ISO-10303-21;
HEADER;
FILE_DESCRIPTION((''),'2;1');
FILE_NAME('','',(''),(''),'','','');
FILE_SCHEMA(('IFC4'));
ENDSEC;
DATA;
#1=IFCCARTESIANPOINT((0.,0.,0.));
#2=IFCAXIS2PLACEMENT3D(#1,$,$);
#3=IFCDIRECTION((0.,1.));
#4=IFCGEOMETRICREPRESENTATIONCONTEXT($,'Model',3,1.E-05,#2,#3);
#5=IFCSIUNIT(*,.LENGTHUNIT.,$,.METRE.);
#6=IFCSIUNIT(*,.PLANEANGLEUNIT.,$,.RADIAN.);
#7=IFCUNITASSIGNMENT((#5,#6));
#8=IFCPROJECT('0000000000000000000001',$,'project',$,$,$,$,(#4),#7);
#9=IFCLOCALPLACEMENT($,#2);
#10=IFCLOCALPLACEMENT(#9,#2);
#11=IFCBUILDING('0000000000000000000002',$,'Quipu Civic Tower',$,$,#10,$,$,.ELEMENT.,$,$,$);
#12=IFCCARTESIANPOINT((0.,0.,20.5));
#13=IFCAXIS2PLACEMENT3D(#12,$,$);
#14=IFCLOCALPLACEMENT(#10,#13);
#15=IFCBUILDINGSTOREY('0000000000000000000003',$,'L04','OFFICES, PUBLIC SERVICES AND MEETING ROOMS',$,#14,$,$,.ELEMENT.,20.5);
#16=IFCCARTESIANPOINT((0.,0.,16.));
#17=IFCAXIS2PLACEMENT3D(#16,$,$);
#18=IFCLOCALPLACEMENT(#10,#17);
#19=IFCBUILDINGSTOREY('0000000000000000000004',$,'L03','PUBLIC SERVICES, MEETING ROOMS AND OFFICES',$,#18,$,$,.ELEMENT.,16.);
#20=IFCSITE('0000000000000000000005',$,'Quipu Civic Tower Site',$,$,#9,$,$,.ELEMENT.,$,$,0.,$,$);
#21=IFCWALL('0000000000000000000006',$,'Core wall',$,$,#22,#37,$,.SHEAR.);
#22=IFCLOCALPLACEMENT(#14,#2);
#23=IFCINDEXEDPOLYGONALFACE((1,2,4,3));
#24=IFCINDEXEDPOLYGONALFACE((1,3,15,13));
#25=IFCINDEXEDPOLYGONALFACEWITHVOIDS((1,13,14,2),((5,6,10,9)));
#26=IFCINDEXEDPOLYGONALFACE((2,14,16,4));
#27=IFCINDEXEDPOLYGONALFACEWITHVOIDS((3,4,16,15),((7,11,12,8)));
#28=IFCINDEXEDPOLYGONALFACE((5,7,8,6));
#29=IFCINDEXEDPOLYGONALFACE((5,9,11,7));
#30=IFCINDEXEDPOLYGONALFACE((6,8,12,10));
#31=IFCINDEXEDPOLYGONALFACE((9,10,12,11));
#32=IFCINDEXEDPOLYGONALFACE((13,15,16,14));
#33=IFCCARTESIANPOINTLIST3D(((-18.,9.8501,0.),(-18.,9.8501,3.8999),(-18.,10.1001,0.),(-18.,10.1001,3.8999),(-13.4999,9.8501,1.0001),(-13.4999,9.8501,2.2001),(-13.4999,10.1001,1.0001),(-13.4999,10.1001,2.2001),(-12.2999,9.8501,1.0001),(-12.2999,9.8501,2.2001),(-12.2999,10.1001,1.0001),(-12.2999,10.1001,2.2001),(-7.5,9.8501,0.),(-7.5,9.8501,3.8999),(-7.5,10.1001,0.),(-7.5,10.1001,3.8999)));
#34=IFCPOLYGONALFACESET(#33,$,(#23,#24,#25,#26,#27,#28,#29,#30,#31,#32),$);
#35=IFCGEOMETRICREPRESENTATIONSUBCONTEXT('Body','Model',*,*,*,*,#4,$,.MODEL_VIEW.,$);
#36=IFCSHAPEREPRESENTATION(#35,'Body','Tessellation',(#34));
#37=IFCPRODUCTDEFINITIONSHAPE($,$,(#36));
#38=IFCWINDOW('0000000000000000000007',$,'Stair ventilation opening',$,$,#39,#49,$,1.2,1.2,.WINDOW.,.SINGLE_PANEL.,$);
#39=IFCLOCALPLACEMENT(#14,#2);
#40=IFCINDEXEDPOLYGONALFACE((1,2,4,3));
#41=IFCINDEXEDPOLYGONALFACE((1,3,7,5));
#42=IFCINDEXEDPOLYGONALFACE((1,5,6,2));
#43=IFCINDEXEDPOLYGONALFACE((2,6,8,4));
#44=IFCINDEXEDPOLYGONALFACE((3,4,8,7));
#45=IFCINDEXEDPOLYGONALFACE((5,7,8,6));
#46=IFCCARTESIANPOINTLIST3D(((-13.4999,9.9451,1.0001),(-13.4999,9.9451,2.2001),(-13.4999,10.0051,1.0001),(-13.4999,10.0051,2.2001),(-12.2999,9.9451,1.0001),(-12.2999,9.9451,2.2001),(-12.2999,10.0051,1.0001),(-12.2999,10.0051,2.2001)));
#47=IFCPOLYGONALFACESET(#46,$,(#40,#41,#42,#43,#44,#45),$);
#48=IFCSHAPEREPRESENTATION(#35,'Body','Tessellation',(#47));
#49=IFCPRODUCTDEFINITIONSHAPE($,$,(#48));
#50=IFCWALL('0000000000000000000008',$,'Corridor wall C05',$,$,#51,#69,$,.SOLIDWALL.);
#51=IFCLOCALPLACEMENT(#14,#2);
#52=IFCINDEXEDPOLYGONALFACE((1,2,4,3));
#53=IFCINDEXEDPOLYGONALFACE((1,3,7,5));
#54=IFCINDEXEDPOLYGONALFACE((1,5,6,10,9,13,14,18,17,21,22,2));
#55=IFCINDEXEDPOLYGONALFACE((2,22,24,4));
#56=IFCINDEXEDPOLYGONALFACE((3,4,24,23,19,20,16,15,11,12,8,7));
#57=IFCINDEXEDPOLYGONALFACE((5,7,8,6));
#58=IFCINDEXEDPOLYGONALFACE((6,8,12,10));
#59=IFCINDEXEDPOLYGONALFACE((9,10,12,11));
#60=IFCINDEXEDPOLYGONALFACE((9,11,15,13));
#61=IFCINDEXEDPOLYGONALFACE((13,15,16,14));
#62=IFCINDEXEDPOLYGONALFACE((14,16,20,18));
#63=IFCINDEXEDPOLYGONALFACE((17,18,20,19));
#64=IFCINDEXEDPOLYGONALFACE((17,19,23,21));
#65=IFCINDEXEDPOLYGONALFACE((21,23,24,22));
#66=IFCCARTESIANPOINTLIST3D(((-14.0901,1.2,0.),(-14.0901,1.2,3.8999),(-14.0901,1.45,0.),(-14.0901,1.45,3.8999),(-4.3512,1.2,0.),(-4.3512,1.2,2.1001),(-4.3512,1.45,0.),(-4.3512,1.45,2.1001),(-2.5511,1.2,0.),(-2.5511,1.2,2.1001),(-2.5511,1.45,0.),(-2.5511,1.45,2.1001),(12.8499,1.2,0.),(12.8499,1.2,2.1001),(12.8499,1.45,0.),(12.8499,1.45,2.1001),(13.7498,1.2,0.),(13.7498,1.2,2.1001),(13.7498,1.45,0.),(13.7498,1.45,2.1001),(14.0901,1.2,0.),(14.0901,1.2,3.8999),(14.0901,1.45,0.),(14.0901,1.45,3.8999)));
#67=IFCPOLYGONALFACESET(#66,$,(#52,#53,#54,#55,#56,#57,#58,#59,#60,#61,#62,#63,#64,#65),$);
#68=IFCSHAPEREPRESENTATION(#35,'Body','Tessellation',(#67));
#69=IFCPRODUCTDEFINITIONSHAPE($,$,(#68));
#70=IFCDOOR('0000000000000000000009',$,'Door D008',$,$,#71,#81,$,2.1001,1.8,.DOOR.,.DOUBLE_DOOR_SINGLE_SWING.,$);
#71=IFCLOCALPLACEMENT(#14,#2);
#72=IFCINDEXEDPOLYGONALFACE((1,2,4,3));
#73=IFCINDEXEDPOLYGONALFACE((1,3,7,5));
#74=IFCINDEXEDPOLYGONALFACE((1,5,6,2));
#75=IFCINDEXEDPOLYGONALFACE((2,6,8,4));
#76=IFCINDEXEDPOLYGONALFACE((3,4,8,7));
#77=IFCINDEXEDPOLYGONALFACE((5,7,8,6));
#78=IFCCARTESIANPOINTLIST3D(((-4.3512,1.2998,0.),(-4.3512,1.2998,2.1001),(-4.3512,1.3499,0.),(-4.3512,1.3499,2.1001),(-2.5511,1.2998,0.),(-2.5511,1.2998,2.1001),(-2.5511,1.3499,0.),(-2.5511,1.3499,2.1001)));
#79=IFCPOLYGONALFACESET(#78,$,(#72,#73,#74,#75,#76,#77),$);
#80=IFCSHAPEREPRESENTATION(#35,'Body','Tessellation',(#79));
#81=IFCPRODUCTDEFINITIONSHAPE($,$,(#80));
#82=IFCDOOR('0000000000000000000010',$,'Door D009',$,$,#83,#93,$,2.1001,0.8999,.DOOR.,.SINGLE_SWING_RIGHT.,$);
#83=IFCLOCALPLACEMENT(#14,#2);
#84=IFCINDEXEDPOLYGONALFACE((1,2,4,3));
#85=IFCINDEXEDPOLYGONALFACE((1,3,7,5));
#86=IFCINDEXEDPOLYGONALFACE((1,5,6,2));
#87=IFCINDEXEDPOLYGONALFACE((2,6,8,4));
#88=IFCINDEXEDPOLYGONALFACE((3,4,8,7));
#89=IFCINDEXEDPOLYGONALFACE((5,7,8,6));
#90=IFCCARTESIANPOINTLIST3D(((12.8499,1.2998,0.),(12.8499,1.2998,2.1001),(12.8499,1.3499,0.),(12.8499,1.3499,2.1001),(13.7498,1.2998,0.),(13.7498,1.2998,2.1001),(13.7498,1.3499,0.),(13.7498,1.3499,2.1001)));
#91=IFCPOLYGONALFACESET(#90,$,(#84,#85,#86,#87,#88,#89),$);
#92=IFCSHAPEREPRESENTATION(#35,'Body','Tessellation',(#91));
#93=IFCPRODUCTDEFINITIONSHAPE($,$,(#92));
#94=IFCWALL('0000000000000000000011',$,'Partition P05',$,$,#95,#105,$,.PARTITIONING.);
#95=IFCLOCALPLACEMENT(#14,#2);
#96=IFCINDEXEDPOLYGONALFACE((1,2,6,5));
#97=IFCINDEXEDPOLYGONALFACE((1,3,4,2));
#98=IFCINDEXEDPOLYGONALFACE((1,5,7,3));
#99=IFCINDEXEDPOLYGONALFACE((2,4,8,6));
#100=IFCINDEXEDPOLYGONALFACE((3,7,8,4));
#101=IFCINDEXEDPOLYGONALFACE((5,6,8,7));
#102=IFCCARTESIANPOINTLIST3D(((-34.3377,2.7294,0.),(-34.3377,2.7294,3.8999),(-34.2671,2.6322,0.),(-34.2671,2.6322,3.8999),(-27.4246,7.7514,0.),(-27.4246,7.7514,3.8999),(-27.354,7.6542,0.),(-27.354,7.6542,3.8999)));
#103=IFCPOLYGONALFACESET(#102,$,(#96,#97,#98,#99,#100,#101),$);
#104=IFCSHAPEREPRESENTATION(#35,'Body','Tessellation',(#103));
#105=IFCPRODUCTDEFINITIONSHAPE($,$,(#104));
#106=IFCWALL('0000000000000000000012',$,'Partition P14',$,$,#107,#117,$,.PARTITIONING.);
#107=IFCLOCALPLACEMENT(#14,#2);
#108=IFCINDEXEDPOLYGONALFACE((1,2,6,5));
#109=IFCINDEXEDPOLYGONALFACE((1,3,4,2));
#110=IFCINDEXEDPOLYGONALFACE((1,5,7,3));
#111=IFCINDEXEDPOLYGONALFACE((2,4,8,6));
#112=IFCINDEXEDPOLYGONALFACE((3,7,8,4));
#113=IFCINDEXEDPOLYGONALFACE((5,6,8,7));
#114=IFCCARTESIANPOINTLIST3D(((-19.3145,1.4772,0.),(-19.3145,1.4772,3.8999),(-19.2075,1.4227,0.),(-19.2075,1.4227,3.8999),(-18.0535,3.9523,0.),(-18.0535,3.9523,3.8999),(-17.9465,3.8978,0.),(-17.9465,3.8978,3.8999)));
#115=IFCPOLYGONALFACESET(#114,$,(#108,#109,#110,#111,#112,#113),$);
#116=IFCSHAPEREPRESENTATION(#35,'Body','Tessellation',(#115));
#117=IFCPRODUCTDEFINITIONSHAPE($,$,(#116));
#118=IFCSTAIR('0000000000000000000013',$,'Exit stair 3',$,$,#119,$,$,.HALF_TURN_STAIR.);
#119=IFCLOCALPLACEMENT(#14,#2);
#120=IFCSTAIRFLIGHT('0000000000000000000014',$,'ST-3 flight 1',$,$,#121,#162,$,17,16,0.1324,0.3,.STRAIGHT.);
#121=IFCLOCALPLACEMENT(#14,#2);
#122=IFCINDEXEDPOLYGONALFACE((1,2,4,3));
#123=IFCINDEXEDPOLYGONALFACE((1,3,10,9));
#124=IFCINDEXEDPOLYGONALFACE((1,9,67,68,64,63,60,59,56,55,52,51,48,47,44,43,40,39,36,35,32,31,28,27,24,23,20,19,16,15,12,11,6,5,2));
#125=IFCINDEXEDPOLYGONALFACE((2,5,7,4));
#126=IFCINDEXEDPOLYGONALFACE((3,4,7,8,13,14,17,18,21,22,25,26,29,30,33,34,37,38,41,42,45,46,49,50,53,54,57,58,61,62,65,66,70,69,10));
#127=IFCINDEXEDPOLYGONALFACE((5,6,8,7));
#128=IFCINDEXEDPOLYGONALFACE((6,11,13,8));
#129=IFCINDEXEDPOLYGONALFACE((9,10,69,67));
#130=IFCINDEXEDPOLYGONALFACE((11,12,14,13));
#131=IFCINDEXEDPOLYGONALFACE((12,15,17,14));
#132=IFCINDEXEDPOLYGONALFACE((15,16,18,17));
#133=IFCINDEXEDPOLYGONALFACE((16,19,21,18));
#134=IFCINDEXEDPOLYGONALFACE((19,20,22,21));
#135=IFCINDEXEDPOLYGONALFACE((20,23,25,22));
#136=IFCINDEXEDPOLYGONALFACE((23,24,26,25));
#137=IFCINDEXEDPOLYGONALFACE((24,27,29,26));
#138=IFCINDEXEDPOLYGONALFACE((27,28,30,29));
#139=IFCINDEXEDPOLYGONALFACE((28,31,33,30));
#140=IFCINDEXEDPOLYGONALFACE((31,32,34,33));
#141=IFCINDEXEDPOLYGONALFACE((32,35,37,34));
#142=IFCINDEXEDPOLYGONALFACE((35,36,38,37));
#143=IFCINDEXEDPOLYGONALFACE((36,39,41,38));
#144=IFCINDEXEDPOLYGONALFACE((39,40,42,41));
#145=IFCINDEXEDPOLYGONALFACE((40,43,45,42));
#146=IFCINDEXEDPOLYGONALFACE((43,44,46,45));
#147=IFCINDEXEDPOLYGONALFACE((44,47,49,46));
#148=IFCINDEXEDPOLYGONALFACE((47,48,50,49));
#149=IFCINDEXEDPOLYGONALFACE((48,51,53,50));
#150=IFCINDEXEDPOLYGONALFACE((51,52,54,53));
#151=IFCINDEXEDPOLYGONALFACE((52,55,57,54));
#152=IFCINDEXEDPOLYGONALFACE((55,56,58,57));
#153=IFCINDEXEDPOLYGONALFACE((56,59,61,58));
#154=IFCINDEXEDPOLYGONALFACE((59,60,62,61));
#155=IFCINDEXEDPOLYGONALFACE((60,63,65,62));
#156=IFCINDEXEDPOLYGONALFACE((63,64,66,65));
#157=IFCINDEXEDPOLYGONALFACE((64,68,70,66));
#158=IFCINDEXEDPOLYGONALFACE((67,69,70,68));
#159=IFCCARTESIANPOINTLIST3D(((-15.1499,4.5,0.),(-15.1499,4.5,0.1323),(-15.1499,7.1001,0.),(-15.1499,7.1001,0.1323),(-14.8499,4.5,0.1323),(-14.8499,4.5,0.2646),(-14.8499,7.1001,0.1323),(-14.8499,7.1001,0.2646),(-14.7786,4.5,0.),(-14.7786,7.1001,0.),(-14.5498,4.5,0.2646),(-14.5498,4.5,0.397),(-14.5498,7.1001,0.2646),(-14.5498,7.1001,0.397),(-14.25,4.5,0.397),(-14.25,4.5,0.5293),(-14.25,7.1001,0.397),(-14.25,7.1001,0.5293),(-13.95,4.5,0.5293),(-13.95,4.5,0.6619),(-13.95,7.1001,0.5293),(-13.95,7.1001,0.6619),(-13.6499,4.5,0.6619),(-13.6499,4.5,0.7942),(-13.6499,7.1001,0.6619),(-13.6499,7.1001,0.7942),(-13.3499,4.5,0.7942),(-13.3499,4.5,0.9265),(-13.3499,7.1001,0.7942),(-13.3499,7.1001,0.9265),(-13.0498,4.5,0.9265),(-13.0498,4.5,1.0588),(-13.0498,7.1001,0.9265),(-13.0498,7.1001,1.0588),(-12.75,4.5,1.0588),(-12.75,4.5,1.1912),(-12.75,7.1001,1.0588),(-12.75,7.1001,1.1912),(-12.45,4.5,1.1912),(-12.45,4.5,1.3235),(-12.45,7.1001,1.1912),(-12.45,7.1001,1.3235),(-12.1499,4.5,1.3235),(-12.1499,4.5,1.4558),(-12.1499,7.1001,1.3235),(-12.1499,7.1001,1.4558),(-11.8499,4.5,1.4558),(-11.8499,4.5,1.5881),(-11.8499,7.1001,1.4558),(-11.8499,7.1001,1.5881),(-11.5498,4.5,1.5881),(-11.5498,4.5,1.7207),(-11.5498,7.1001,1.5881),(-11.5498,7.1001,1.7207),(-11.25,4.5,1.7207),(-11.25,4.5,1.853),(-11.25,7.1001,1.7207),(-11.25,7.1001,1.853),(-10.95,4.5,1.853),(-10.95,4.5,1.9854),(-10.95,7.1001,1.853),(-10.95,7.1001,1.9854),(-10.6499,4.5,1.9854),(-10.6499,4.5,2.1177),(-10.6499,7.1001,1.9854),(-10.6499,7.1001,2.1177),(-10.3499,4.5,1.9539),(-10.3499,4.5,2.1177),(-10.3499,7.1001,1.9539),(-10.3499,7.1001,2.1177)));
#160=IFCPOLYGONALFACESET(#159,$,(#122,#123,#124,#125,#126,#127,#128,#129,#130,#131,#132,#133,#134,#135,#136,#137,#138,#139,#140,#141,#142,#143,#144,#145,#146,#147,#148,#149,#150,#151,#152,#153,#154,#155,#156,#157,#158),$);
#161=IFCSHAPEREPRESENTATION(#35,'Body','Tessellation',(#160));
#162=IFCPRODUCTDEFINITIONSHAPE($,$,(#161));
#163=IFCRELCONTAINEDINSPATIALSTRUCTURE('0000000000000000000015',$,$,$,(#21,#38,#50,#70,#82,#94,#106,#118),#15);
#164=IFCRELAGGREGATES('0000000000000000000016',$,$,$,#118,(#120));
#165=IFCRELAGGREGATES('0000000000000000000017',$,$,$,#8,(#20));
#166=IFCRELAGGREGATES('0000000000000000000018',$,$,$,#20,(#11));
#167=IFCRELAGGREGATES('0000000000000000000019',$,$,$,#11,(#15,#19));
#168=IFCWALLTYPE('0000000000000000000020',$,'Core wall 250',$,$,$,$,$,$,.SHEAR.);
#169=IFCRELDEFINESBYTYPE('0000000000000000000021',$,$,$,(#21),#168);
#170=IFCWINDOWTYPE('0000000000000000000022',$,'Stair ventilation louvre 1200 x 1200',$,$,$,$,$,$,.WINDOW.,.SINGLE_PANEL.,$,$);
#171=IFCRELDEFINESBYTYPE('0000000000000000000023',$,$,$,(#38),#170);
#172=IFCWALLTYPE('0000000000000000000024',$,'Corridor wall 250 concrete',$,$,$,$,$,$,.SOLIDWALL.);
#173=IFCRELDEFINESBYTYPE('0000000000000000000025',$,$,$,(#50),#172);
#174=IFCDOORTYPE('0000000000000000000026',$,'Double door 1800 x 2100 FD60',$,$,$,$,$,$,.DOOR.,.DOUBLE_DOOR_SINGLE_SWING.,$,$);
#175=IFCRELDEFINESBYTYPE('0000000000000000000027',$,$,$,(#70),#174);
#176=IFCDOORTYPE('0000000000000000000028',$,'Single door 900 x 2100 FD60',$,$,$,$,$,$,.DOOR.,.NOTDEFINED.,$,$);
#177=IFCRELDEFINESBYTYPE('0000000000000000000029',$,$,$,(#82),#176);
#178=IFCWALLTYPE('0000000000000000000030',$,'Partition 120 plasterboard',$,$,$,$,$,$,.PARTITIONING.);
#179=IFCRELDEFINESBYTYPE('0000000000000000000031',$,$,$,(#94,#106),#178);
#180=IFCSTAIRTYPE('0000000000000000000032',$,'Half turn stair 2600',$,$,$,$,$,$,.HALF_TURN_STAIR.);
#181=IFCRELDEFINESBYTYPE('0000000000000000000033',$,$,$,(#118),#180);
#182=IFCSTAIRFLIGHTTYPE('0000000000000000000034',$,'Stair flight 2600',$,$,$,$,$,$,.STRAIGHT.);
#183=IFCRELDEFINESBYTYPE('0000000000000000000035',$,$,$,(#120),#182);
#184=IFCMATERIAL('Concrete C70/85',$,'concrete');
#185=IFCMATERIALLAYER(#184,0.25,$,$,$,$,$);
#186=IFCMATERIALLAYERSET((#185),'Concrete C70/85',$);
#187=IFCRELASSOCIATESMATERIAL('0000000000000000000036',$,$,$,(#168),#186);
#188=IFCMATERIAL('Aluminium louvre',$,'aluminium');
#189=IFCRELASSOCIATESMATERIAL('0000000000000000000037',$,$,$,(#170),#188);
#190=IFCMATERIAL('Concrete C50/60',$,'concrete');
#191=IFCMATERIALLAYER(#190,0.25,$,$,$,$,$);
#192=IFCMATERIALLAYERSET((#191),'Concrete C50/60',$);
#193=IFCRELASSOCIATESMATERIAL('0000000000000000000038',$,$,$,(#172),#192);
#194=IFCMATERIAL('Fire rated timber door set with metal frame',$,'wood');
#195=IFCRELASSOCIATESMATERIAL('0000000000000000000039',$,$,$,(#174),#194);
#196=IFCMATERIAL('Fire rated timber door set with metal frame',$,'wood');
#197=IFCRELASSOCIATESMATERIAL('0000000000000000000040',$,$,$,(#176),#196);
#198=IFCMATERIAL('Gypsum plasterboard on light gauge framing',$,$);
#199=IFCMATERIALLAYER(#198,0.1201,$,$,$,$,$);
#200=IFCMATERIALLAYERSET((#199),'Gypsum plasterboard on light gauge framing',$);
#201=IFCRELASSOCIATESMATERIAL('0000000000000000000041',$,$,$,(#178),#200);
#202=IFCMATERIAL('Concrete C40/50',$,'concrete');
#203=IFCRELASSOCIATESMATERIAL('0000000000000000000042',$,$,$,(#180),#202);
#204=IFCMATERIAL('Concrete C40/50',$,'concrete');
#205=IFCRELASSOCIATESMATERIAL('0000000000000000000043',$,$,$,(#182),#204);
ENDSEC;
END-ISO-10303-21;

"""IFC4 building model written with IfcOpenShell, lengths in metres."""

from ifc_helpers import new_model, si_unit, direction, frame, frame_2d, origin, place, context, subcontext, project, spatial, polyline, rectangle, outline, extrude, material, layer, layer_set, type_object, element, fill, aggregate, save


model = new_model("IFC4")

# Units and contexts
model_context = context("Model", 3, precision=1e-05, world=origin(), true_north=direction((0.0, 1.0)))
body_context = subcontext(model_context, "Body", "Model", "MODEL_VIEW")
ifc_project = project(units=[si_unit("LENGTHUNIT", "METRE"), si_unit("PLANEANGLEUNIT", "RADIAN")], contexts=[model_context])

# Site, building, storey
site_placement = place(None, origin())
site = spatial("IfcSite", under=ifc_project, at=site_placement, Name="Quipu Civic Tower Site", CompositionType="ELEMENT", RefElevation=0.0)
building_placement = place(site_placement, origin())
building = spatial("IfcBuilding", under=site, at=building_placement, Name="Quipu Civic Tower", CompositionType="ELEMENT")
storey_1_placement = place(building_placement, frame((0.0, 0.0, 20.5)))
storey_1 = spatial("IfcBuildingStorey", under=building, at=storey_1_placement, Name="L04", Description="OFFICES, PUBLIC SERVICES AND MEETING ROOMS", CompositionType="ELEMENT", Elevation=20.5)

# Shared definitions
storey_2_placement = place(building_placement, frame((0.0, 0.0, 16.0)))
storey_2 = spatial("IfcBuildingStorey", under=building, at=storey_2_placement, Name="L03", Description="PUBLIC SERVICES, MEETING ROOMS AND OFFICES", CompositionType="ELEMENT", Elevation=16.0)

# Shared definitions
ifc_material_1 = material(Name="Concrete C70/85", Category="concrete")
ifc_layer_1 = layer(ifc_material_1, 0.25)
ifc_layer_set_1 = layer_set([ifc_layer_1], Name="Concrete C70/85")
wall_type_1 = type_object("IfcWallType", Name="Core wall 250", PredefinedType="SHEAR", material=ifc_layer_set_1)

# Wall, opening, window
wall_1_placement = place(storey_1_placement, frame((-18.0, 9.9751, 0.0), z_axis=(0.0, 0.0, 1.0), x_axis=(1.0, 0.0, 0.0)))
wall_1 = element("IfcWall", 1, at=wall_1_placement, inside=storey_1, type_object=wall_type_1, Name="Core wall", PredefinedType="SHEAR", context=body_context, shape_type="SweptSolid", body=[
    extrude(rectangle(XDim=10.5, YDim=0.25, at=frame_2d((5.25, 0.0))), origin(), (0.0, 0.0, 1.0), 3.8999),
])
opening_1_placement = place(wall_1_placement, frame((4.5, 0.0, 1.0)))
opening_1 = element("IfcOpeningElement", 2, at=opening_1_placement, cuts=wall_1, PredefinedType="OPENING", context=body_context, shape_type="SweptSolid", body=[
    extrude(rectangle(XDim=1.2, YDim=1.2, at=frame_2d((0.6001, 0.6001))), frame((0.0, 0.135, 0.0), z_axis=(0.0, -1.0, 0.0), x_axis=(1.0, 0.0, 0.0)), (0.0, 0.0, 1.0), 0.27),
])
ifc_material_2 = material(Name="Aluminium louvre", Category="aluminium")
window_type = type_object("IfcWindowType", Name="Stair ventilation louvre 1200 x 1200", PartitioningType="SINGLE_PANEL", PredefinedType="WINDOW", material=ifc_material_2)
window_placement = place(opening_1_placement, origin())
window = element("IfcWindow", 3, at=window_placement, inside=storey_1, type_object=window_type, Name="Stair ventilation opening", OverallHeight=1.2, OverallWidth=1.2, PartitioningType="SINGLE_PANEL", PredefinedType="WINDOW", context=body_context, shape_type="SweptSolid", body=[
    extrude(rectangle(XDim=1.2, YDim=1.2, at=frame_2d((0.6001, 0.6001))), frame((0.0, 0.03, 0.0), z_axis=(0.0, -1.0, 0.0), x_axis=(1.0, 0.0, 0.0)), (0.0, 0.0, 1.0), 0.0601),
])
fill(opening_1, window)

# Wall, openings, doors
ifc_material_3 = material(Name="Concrete C50/60", Category="concrete")
ifc_layer_2 = layer(ifc_material_3, 0.25)
ifc_layer_set_2 = layer_set([ifc_layer_2], Name="Concrete C50/60")
wall_type_2 = type_object("IfcWallType", Name="Corridor wall 250 concrete", PredefinedType="SOLIDWALL", material=ifc_layer_set_2)
wall_2_placement = place(storey_1_placement, frame((-14.0901, 1.325, 0.0), z_axis=(0.0, 0.0, 1.0), x_axis=(1.0, 0.0, 0.0)))
wall_2 = element("IfcWall", 4, at=wall_2_placement, inside=storey_1, type_object=wall_type_2, Name="Corridor wall C05", PredefinedType="SOLIDWALL", context=body_context, shape_type="SweptSolid", body=[
    extrude(rectangle(XDim=28.1802, YDim=0.25, at=frame_2d((14.0901, 0.0))), origin(), (0.0, 0.0, 1.0), 3.8999),
])
opening_2_placement = place(wall_2_placement, frame((26.9399, 0.0, 0.0)))
opening_2 = element("IfcOpeningElement", 5, at=opening_2_placement, cuts=wall_2, PredefinedType="OPENING", context=body_context, shape_type="SweptSolid", body=[
    extrude(rectangle(XDim=0.8999, YDim=2.1001, at=frame_2d((0.45, 1.05))), frame((0.0, 0.135, 0.0), z_axis=(0.0, -1.0, 0.0), x_axis=(1.0, 0.0, 0.0)), (0.0, 0.0, 1.0), 0.27),
])
opening_3_placement = place(wall_2_placement, frame((9.739, 0.0, 0.0)))
opening_3 = element("IfcOpeningElement", 6, at=opening_3_placement, cuts=wall_2, PredefinedType="OPENING", context=body_context, shape_type="SweptSolid", body=[
    extrude(rectangle(XDim=1.8, YDim=2.1001, at=frame_2d((0.8999, 1.05))), frame((0.0, 0.135, 0.0), z_axis=(0.0, -1.0, 0.0), x_axis=(1.0, 0.0, 0.0)), (0.0, 0.0, 1.0), 0.27),
])
ifc_material_4 = material(Name="Fire rated timber door set with metal frame", Category="wood")
door_type_1 = type_object("IfcDoorType", Name="Double door 1800 x 2100 FD60", OperationType="DOUBLE_DOOR_SINGLE_SWING", PredefinedType="DOOR", material=ifc_material_4)
door_1_placement = place(opening_3_placement, origin())
door_1 = element("IfcDoor", 7, at=door_1_placement, inside=storey_1, type_object=door_type_1, Name="Door D008", OperationType="DOUBLE_DOOR_SINGLE_SWING", OverallHeight=2.1001, OverallWidth=1.8, PredefinedType="DOOR", context=body_context, shape_type="SweptSolid", body=[
    extrude(rectangle(XDim=1.8, YDim=2.1001, at=frame_2d((0.8999, 1.05))), frame((0.0, 0.0249, 0.0), z_axis=(0.0, -1.0, 0.0), x_axis=(1.0, 0.0, 0.0)), (0.0, 0.0, 1.0), 0.05),
])
fill(opening_3, door_1)
ifc_material_5 = material(Name="Fire rated timber door set with metal frame", Category="wood")
door_type_2 = type_object("IfcDoorType", Name="Single door 900 x 2100 FD60", OperationType="NOTDEFINED", PredefinedType="DOOR", material=ifc_material_5)
door_2_placement = place(opening_2_placement, origin())
door_2 = element("IfcDoor", 8, at=door_2_placement, inside=storey_1, type_object=door_type_2, Name="Door D009", OperationType="SINGLE_SWING_RIGHT", OverallHeight=2.1001, OverallWidth=0.8999, PredefinedType="DOOR", context=body_context, shape_type="SweptSolid", body=[
    extrude(rectangle(XDim=0.8999, YDim=2.1001, at=frame_2d((0.45, 1.05))), frame((0.0, 0.0249, 0.0), z_axis=(0.0, -1.0, 0.0), x_axis=(1.0, 0.0, 0.0)), (0.0, 0.0, 1.0), 0.05),
])
fill(opening_2, door_2)

# Walls
ifc_material_6 = material(Name="Gypsum plasterboard on light gauge framing")
ifc_layer_3 = layer(ifc_material_6, 0.1201)
ifc_layer_set_3 = layer_set([ifc_layer_3], Name="Gypsum plasterboard on light gauge framing")
wall_type_3 = type_object("IfcWallType", Name="Partition 120 plasterboard", PredefinedType="PARTITIONING", material=ifc_layer_set_3)
wall_3_placement = place(storey_1_placement, frame((-27.3892, 7.7029, 0.0), z_axis=(0.0, 0.0, 1.0), x_axis=(-0.809055, -0.587733, 0.0)))
element("IfcWall", 9, at=wall_3_placement, inside=storey_1, type_object=wall_type_3, Name="Partition P05", PredefinedType="PARTITIONING", context=body_context, shape_type="SweptSolid", body=[
    extrude(rectangle(XDim=8.5447, YDim=0.1201, at=frame_2d((4.2725, 0.0))), origin(), (0.0, 0.0, 1.0), 3.8999),
])
wall_4_placement = place(storey_1_placement, frame((-19.261, 1.45, 0.0), z_axis=(0.0, 0.0, 1.0), x_axis=(0.453951, 0.891027, 0.0)))
element("IfcWall", 10, at=wall_4_placement, inside=storey_1, type_object=wall_type_3, Name="Partition P14", PredefinedType="PARTITIONING", context=body_context, shape_type="SweptSolid", body=[
    extrude(rectangle(XDim=2.7778, YDim=0.1201, at=frame_2d((1.3889, 0.0))), origin(), (0.0, 0.0, 1.0), 3.8999),
])

# Stair, stair flight
ifc_material_7 = material(Name="Concrete C40/50", Category="concrete")
stair_type = type_object("IfcStairType", Name="Half turn stair 2600", PredefinedType="HALF_TURN_STAIR", material=ifc_material_7)
stair_placement = place(storey_1_placement, origin())
stair = element("IfcStair", 11, at=stair_placement, inside=storey_1, type_object=stair_type, Name="Exit stair 3", PredefinedType="HALF_TURN_STAIR")
ifc_material_8 = material(Name="Concrete C40/50", Category="concrete")
stair_flight_type = type_object("IfcStairFlightType", Name="Stair flight 2600", PredefinedType="STRAIGHT", material=ifc_material_8)
stair_flight_placement = place(storey_1_placement, frame((-15.1499, 5.8, 0.0), z_axis=(0.0, 0.0, 1.0), x_axis=(1.0, 0.0, 0.0)))
stair_flight = element("IfcStairFlight", 12, at=stair_flight_placement, type_object=stair_flight_type, Name="ST-3 flight 1", NumberOfRisers=17, NumberOfTreads=16, PredefinedType="STRAIGHT", RiserHeight=0.1324, TreadLength=0.3, context=body_context, shape_type="SweptSolid", body=[
    extrude(outline(polyline([(0.0, 0.0), (0.0, 0.1323), (0.3, 0.1323), (0.3, 0.2646), (0.6001, 0.2646), (0.6001, 0.397), (0.8999, 0.397), (0.8999, 0.5293), (1.2, 0.5293), (1.2, 0.6619), (1.5, 0.6619), (1.5, 0.7942), (1.8, 0.7942), (1.8, 0.9265), (2.1001, 0.9265), (2.1001, 1.0588), (2.3999, 1.0588), (2.3999, 1.1912), (2.7, 1.1912), (2.7, 1.3235), (3.0, 1.3235), (3.0, 1.4558), (3.3, 1.4558), (3.3, 1.5881), (3.6001, 1.5881), (3.6001, 1.7207), (3.8999, 1.7207), (3.8999, 1.853), (4.2, 1.853), (4.2, 1.9854), (4.5, 1.9854), (4.5, 2.1177), (4.8, 2.1177), (4.8, 2.25), (4.8, 1.9539), (0.3713, 0.0), (0.0, 0.0)])), frame((0.0, 1.3, 0.0), z_axis=(0.0, -1.0, 0.0), x_axis=(1.0, 0.0, 0.0)), (0.0, 0.0, 1.0), 2.6001),
])
aggregate(stair, [stair_flight])

save(model, "model.ifc")
